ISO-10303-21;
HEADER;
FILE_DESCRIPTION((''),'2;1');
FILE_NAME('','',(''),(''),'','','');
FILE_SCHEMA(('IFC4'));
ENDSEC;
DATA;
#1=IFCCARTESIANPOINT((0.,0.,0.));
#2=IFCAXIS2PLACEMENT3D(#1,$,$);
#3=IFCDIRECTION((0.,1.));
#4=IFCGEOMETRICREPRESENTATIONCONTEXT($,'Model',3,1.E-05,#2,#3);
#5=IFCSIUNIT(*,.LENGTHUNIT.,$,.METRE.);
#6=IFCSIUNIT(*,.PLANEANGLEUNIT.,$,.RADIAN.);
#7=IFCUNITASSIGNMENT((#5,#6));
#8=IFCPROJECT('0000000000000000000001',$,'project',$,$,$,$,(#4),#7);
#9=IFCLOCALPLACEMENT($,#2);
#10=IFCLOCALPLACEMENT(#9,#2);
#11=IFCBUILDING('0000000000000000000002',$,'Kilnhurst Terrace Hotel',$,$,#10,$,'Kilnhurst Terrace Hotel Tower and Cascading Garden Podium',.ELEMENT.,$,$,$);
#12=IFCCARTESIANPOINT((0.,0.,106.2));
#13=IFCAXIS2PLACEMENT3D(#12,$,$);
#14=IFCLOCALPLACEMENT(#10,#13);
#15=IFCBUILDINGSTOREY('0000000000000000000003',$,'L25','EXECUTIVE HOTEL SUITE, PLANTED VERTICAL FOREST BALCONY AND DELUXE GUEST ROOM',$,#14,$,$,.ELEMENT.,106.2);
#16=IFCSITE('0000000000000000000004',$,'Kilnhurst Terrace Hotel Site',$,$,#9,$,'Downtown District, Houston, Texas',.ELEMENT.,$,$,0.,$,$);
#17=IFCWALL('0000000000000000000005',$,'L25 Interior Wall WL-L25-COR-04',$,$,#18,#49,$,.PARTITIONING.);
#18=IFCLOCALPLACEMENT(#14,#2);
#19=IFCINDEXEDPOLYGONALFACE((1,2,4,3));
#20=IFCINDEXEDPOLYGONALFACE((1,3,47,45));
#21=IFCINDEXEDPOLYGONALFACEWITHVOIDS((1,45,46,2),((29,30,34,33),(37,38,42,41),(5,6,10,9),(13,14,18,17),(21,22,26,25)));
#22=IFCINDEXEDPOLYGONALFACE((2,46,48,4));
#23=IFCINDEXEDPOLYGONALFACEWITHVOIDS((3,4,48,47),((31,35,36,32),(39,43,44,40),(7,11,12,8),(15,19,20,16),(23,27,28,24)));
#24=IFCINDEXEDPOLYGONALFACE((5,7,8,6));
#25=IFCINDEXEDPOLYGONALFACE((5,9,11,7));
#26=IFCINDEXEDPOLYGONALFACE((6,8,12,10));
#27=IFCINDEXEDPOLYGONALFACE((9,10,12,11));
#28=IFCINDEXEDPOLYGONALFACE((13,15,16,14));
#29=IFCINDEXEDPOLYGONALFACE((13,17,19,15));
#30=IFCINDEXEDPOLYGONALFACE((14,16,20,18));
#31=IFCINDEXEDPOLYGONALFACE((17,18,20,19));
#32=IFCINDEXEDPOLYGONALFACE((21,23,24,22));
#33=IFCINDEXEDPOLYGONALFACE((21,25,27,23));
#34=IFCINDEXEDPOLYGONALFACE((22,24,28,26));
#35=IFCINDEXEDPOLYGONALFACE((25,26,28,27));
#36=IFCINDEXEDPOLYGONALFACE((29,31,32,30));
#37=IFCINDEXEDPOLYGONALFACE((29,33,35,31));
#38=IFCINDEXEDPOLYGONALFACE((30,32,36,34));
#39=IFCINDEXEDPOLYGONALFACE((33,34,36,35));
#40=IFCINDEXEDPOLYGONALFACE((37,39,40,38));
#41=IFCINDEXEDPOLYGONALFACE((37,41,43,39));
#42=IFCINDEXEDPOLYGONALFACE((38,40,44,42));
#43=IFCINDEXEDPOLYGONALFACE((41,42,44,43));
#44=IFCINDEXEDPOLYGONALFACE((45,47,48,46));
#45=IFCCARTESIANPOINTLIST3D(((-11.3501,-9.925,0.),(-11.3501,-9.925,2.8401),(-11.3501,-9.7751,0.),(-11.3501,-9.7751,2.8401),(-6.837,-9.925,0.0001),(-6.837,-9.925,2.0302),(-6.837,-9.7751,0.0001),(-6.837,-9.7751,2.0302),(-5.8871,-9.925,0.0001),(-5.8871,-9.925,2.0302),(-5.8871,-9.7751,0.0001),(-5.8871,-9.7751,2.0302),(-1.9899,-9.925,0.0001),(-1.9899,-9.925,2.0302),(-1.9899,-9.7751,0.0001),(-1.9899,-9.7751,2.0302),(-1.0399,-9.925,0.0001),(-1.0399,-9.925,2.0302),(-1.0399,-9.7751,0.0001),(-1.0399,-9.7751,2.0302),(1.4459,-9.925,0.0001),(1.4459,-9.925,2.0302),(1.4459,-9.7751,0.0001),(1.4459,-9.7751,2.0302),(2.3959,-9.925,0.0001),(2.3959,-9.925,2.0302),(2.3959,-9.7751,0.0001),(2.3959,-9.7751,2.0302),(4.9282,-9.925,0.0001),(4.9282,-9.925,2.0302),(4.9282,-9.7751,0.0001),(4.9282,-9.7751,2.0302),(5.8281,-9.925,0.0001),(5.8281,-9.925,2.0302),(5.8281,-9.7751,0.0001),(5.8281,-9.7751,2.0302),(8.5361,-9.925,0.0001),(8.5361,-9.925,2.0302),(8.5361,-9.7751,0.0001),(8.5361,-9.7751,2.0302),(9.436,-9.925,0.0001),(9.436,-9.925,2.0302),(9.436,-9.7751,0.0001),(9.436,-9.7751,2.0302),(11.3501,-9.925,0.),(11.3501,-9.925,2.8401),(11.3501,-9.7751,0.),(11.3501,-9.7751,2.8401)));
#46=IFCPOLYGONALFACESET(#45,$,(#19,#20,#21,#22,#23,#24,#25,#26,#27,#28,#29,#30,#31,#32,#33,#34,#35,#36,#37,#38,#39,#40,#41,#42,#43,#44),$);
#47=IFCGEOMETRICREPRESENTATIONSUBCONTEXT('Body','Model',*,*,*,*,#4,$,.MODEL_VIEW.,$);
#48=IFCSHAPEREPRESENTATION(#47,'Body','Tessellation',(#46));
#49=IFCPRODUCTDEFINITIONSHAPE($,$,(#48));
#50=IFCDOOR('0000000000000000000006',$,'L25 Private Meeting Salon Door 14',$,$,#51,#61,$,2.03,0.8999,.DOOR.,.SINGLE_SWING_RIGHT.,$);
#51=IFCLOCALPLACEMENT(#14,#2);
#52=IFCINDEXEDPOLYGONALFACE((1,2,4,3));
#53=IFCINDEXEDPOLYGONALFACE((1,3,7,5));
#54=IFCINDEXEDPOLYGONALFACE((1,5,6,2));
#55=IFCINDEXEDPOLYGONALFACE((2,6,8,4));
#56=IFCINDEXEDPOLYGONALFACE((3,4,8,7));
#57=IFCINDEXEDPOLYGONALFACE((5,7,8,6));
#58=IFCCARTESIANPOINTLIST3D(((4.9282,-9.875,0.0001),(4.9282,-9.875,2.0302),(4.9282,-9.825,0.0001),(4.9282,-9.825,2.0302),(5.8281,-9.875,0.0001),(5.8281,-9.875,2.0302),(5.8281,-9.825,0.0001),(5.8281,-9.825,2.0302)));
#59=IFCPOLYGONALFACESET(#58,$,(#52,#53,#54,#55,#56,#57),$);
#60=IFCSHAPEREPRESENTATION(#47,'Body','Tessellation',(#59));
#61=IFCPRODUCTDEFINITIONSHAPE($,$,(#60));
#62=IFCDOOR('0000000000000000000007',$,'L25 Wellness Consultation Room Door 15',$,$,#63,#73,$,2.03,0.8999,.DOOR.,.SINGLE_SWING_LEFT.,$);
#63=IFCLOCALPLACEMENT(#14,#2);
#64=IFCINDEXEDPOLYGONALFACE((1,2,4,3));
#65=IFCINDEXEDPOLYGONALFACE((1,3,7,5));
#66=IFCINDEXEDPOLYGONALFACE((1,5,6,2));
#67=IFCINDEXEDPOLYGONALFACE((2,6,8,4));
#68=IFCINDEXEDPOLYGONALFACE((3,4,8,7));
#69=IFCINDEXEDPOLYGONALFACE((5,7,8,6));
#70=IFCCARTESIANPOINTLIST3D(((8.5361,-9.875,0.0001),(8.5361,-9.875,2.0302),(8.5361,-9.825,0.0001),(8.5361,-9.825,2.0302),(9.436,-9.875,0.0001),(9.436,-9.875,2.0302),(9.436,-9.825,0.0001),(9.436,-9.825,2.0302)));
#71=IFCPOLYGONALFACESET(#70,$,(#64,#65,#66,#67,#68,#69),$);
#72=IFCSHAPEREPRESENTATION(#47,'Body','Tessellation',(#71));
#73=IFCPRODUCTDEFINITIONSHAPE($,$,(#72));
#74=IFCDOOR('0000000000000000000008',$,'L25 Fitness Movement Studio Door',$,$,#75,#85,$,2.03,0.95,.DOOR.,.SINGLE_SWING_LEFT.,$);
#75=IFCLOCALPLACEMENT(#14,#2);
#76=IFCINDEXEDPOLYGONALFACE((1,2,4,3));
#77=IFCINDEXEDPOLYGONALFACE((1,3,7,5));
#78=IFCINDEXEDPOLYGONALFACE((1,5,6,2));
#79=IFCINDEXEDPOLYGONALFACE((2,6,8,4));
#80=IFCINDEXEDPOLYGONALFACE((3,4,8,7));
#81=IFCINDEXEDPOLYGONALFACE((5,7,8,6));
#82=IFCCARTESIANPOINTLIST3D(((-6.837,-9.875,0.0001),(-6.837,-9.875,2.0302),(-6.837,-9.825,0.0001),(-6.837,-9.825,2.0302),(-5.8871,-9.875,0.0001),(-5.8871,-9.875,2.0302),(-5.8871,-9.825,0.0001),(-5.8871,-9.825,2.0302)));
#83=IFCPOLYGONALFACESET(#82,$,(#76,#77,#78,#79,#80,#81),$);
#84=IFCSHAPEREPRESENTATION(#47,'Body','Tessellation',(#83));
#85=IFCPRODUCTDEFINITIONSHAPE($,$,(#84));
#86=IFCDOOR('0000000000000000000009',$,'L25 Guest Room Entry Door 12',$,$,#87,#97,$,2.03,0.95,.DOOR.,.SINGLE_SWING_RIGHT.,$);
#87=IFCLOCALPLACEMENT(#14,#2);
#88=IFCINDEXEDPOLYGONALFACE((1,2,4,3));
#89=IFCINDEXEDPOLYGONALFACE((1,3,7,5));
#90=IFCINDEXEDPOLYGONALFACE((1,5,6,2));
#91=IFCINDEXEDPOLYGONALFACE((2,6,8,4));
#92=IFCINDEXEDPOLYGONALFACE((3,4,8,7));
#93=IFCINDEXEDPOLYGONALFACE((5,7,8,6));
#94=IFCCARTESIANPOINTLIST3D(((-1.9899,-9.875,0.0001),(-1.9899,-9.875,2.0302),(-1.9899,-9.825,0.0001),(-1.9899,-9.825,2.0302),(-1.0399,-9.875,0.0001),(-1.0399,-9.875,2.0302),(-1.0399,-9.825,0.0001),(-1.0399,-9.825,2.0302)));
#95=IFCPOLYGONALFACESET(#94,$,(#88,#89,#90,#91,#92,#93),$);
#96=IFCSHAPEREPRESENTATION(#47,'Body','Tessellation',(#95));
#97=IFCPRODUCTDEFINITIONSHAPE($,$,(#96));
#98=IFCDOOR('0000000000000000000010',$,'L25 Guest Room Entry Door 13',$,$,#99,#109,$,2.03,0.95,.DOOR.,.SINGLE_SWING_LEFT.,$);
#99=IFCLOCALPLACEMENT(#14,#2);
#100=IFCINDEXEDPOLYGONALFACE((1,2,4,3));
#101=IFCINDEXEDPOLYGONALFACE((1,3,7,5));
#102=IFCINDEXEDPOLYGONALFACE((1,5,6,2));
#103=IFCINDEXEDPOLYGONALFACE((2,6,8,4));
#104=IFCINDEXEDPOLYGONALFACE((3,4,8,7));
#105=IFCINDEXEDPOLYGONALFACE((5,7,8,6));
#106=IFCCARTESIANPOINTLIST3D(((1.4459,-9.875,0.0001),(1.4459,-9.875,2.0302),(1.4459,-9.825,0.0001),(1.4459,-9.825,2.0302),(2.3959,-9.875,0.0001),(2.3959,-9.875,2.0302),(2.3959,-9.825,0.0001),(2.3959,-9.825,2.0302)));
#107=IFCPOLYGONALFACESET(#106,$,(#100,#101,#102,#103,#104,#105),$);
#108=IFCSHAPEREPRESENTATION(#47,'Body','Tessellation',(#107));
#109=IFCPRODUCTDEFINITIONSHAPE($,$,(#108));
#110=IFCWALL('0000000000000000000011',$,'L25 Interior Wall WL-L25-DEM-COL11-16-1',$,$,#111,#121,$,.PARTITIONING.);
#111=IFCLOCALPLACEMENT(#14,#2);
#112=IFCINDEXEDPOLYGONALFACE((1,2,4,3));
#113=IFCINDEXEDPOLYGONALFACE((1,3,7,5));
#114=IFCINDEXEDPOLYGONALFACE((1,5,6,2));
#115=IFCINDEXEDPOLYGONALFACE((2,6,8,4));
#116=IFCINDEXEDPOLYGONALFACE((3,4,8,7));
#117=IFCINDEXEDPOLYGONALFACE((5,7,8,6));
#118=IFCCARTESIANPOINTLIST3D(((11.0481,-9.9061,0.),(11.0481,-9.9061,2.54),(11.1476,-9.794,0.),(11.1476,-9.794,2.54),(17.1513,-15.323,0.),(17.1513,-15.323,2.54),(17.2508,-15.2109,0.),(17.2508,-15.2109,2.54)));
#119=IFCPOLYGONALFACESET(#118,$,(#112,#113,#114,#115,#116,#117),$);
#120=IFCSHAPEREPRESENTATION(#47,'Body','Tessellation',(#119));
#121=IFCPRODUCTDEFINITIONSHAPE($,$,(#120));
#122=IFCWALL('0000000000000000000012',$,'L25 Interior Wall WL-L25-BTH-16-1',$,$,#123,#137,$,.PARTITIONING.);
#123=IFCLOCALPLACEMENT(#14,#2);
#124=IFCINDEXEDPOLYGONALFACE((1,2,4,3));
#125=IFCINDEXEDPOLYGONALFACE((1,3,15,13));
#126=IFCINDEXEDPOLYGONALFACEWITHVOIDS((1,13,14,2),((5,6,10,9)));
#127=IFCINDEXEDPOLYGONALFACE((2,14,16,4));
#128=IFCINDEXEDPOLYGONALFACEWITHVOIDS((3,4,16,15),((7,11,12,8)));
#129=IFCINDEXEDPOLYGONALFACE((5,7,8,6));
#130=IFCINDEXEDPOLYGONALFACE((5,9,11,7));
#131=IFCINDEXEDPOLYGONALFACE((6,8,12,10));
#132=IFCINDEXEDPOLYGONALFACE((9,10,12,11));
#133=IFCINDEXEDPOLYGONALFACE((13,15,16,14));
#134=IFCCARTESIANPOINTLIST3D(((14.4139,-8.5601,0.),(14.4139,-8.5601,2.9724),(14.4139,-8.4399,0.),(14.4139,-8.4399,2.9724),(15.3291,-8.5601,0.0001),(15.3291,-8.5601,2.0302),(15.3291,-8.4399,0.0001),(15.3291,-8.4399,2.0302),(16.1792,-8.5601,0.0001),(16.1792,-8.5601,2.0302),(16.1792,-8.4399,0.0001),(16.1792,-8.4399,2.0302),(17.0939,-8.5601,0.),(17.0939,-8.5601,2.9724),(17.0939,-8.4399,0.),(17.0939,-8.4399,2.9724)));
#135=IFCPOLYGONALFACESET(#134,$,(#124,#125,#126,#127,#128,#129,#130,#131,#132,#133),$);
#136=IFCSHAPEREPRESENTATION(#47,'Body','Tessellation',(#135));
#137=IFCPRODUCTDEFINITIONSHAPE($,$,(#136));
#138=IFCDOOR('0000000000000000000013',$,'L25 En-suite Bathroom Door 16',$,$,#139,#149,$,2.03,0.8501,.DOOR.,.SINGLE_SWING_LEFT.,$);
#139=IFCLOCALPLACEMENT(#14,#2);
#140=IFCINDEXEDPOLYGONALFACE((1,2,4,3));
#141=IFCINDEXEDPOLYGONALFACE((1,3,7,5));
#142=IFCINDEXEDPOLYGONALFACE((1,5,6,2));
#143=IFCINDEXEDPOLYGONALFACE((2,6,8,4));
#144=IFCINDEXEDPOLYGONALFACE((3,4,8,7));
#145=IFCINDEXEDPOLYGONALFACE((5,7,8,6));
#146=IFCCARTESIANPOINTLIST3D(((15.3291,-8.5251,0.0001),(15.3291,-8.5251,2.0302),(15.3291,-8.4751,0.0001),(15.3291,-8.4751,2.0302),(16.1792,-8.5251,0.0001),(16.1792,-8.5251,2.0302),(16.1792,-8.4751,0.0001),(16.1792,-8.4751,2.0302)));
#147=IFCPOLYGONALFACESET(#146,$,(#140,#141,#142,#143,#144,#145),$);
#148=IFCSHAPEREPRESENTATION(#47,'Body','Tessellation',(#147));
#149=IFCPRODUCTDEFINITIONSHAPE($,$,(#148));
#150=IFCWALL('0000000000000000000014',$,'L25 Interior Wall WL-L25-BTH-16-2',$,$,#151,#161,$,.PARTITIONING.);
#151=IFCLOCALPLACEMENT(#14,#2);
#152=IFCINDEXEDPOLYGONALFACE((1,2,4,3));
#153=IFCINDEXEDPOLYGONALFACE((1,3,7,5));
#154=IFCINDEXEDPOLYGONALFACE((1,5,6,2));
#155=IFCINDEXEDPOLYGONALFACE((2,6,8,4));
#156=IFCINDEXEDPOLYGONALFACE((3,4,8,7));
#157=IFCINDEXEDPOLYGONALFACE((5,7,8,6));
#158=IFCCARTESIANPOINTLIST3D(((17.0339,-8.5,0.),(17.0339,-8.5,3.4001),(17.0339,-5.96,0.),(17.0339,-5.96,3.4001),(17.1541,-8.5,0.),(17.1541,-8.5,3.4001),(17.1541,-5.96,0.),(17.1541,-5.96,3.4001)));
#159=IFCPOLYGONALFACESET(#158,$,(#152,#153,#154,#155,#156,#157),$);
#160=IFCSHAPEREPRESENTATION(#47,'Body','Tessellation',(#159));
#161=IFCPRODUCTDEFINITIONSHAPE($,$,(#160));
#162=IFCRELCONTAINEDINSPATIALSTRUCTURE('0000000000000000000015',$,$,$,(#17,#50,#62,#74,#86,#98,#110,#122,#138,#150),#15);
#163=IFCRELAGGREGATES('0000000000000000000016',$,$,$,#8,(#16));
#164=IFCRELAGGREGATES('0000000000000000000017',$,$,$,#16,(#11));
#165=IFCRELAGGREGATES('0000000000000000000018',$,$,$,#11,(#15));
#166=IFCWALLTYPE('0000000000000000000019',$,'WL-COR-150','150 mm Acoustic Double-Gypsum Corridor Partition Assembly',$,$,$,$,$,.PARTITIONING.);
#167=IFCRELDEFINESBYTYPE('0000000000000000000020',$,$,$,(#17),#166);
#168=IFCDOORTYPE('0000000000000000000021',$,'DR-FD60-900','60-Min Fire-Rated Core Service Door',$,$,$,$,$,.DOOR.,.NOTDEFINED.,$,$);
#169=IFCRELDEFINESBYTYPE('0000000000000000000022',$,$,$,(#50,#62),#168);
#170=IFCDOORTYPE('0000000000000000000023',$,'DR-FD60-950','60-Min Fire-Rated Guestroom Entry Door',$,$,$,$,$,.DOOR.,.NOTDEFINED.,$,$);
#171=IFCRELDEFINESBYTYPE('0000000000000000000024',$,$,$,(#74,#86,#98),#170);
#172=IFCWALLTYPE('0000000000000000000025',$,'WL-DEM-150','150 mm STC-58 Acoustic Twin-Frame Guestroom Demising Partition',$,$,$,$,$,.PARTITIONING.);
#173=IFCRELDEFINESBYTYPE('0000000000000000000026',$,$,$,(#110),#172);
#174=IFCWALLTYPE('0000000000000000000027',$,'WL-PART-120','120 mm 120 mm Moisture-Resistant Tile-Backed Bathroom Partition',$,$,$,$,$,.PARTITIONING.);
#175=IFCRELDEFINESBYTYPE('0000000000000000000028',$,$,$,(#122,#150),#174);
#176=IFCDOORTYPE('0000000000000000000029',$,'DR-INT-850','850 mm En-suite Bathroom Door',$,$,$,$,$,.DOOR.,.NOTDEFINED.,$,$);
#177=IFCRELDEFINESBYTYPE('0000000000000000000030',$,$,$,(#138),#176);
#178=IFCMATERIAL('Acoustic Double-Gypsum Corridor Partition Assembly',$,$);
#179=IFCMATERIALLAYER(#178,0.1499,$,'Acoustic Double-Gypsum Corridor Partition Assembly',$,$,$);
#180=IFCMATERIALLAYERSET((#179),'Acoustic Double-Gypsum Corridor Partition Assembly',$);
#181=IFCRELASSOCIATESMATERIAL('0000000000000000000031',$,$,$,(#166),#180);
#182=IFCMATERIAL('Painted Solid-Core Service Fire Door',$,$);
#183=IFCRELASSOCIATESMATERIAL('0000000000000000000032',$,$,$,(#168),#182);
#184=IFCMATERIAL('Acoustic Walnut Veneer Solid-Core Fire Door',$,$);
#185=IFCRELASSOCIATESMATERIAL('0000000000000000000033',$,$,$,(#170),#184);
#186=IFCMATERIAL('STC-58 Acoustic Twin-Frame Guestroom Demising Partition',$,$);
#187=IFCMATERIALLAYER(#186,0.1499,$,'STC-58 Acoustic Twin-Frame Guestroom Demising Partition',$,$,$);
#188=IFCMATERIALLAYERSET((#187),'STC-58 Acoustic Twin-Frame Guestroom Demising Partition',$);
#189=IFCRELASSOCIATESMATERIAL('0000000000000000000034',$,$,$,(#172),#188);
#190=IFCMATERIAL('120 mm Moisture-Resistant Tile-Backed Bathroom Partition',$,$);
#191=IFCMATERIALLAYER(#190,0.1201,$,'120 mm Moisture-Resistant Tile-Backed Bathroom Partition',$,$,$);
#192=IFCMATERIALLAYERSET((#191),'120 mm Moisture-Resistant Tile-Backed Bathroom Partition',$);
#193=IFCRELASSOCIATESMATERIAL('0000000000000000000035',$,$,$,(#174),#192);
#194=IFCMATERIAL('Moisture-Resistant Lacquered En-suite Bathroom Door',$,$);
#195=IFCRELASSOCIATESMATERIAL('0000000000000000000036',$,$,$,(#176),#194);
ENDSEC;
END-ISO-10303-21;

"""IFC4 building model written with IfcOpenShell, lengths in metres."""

from ifc_helpers import new_model, si_unit, direction, frame, frame_2d, origin, place, context, subcontext, project, spatial, rectangle, extrude, material, layer, layer_set, type_object, element, fill, save


model = new_model("IFC4")

# Units and contexts
model_context = context("Model", 3, precision=1e-05, world=origin(), true_north=direction((0.0, 1.0)))
body_context = subcontext(model_context, "Body", "Model", "MODEL_VIEW")
ifc_project = project(units=[si_unit("LENGTHUNIT", "METRE"), si_unit("PLANEANGLEUNIT", "RADIAN")], contexts=[model_context])

# Site, building, storey
site_placement = place(None, origin())
site = spatial("IfcSite", under=ifc_project, at=site_placement, Name="Kilnhurst Terrace Hotel Site", LongName="Downtown District, Houston, Texas", CompositionType="ELEMENT", RefElevation=0.0)
building_placement = place(site_placement, origin())
building = spatial("IfcBuilding", under=site, at=building_placement, Name="Kilnhurst Terrace Hotel", LongName="Kilnhurst Terrace Hotel Tower and Cascading Garden Podium", CompositionType="ELEMENT")
storey_placement = place(building_placement, frame((0.0, 0.0, 106.2)))
storey = spatial("IfcBuildingStorey", under=building, at=storey_placement, Name="L25", Description="EXECUTIVE HOTEL SUITE, PLANTED VERTICAL FOREST BALCONY AND DELUXE GUEST ROOM", CompositionType="ELEMENT", Elevation=106.2)

# Wall, openings, doors
ifc_material_1 = material(Name="Acoustic Double-Gypsum Corridor Partition Assembly")
ifc_layer_1 = layer(ifc_material_1, 0.1499, Name="Acoustic Double-Gypsum Corridor Partition Assembly")
ifc_layer_set_1 = layer_set([ifc_layer_1], Name="Acoustic Double-Gypsum Corridor Partition Assembly")
wall_type_1 = type_object("IfcWallType", Name="WL-COR-150", Description="150 mm Acoustic Double-Gypsum Corridor Partition Assembly", PredefinedType="PARTITIONING", material=ifc_layer_set_1)
wall_1_placement = place(storey_placement, frame((11.3501, -9.8501, 0.0), z_axis=(0.0, 0.0, 1.0), x_axis=(-1.0, 0.0, 0.0)))
wall_1 = element("IfcWall", 1, at=wall_1_placement, inside=storey, type_object=wall_type_1, Name="L25 Interior Wall WL-L25-COR-04", PredefinedType="PARTITIONING", context=body_context, shape_type="SweptSolid", body=[
    extrude(rectangle(XDim=22.7002, YDim=0.1499, at=frame_2d((11.3501, 0.0))), origin(), (0.0, 0.0, 1.0), 2.8401),
])
opening_1_placement = place(wall_1_placement, frame((17.2371, 0.0, 0.0)))
opening_1 = element("IfcOpeningElement", 2, at=opening_1_placement, cuts=wall_1, PredefinedType="OPENING", context=body_context, shape_type="SweptSolid", body=[
    extrude(rectangle(XDim=0.95, YDim=2.03, at=frame_2d((0.4751, 1.0151))), frame((0.0, 0.085, 0.0), z_axis=(0.0, -1.0, 0.0), x_axis=(1.0, 0.0, 0.0)), (0.0, 0.0, 1.0), 0.1699),
])
opening_2_placement = place(wall_1_placement, frame((12.3899, 0.0, 0.0)))
opening_2 = element("IfcOpeningElement", 3, at=opening_2_placement, cuts=wall_1, PredefinedType="OPENING", context=body_context, shape_type="SweptSolid", body=[
    extrude(rectangle(XDim=0.95, YDim=2.03, at=frame_2d((0.4751, 1.0151))), frame((0.0, 0.085, 0.0), z_axis=(0.0, -1.0, 0.0), x_axis=(1.0, 0.0, 0.0)), (0.0, 0.0, 1.0), 0.1699),
])
opening_3_placement = place(wall_1_placement, frame((8.9541, 0.0, 0.0)))
opening_3 = element("IfcOpeningElement", 4, at=opening_3_placement, cuts=wall_1, PredefinedType="OPENING", context=body_context, shape_type="SweptSolid", body=[
    extrude(rectangle(XDim=0.95, YDim=2.03, at=frame_2d((0.4751, 1.0151))), frame((0.0, 0.085, 0.0), z_axis=(0.0, -1.0, 0.0), x_axis=(1.0, 0.0, 0.0)), (0.0, 0.0, 1.0), 0.1699),
])
opening_4_placement = place(wall_1_placement, frame((5.522, 0.0, 0.0)))
opening_4 = element("IfcOpeningElement", 5, at=opening_4_placement, cuts=wall_1, PredefinedType="OPENING", context=body_context, shape_type="SweptSolid", body=[
    extrude(rectangle(XDim=0.8999, YDim=2.03, at=frame_2d((0.45, 1.0151))), frame((0.0, 0.085, 0.0), z_axis=(0.0, -1.0, 0.0), x_axis=(1.0, 0.0, 0.0)), (0.0, 0.0, 1.0), 0.1699),
])
opening_5_placement = place(wall_1_placement, frame((1.9141, 0.0, 0.0)))
opening_5 = element("IfcOpeningElement", 6, at=opening_5_placement, cuts=wall_1, PredefinedType="OPENING", context=body_context, shape_type="SweptSolid", body=[
    extrude(rectangle(XDim=0.8999, YDim=2.03, at=frame_2d((0.45, 1.0151))), frame((0.0, 0.085, 0.0), z_axis=(0.0, -1.0, 0.0), x_axis=(1.0, 0.0, 0.0)), (0.0, 0.0, 1.0), 0.1699),
])
ifc_material_2 = material(Name="Painted Solid-Core Service Fire Door")
door_type_1 = type_object("IfcDoorType", Name="DR-FD60-900", Description="60-Min Fire-Rated Core Service Door", OperationType="NOTDEFINED", PredefinedType="DOOR", material=ifc_material_2)
door_1_placement = place(opening_4_placement, origin())
door_1 = element("IfcDoor", 7, at=door_1_placement, inside=storey, type_object=door_type_1, Name="L25 Private Meeting Salon Door 14", OperationType="SINGLE_SWING_RIGHT", OverallHeight=2.03, OverallWidth=0.8999, PredefinedType="DOOR", context=body_context, shape_type="SweptSolid", body=[
    extrude(rectangle(XDim=0.8999, YDim=2.03, at=frame_2d((0.45, 1.0151))), frame((0.0, 0.0249, 0.0), z_axis=(0.0, -1.0, 0.0), x_axis=(1.0, 0.0, 0.0)), (0.0, 0.0, 1.0), 0.05),
])
fill(opening_4, door_1)
door_2_placement = place(opening_5_placement, origin())
door_2 = element("IfcDoor", 8, at=door_2_placement, inside=storey, type_object=door_type_1, Name="L25 Wellness Consultation Room Door 15", OperationType="SINGLE_SWING_LEFT", OverallHeight=2.03, OverallWidth=0.8999, PredefinedType="DOOR", context=body_context, shape_type="SweptSolid", body=[
    extrude(rectangle(XDim=0.8999, YDim=2.03, at=frame_2d((0.45, 1.0151))), frame((0.0, 0.0249, 0.0), z_axis=(0.0, -1.0, 0.0), x_axis=(1.0, 0.0, 0.0)), (0.0, 0.0, 1.0), 0.05),
])
fill(opening_5, door_2)
ifc_material_3 = material(Name="Acoustic Walnut Veneer Solid-Core Fire Door")
door_type_2 = type_object("IfcDoorType", Name="DR-FD60-950", Description="60-Min Fire-Rated Guestroom Entry Door", OperationType="NOTDEFINED", PredefinedType="DOOR", material=ifc_material_3)
door_3_placement = place(opening_1_placement, origin())
door_3 = element("IfcDoor", 9, at=door_3_placement, inside=storey, type_object=door_type_2, Name="L25 Fitness Movement Studio Door", OperationType="SINGLE_SWING_LEFT", OverallHeight=2.03, OverallWidth=0.95, PredefinedType="DOOR", context=body_context, shape_type="SweptSolid", body=[
    extrude(rectangle(XDim=0.95, YDim=2.03, at=frame_2d((0.4751, 1.0151))), frame((0.0, 0.0249, 0.0), z_axis=(0.0, -1.0, 0.0), x_axis=(1.0, 0.0, 0.0)), (0.0, 0.0, 1.0), 0.05),
])
fill(opening_1, door_3)
door_4_placement = place(opening_2_placement, origin())
door_4 = element("IfcDoor", 10, at=door_4_placement, inside=storey, type_object=door_type_2, Name="L25 Guest Room Entry Door 12", OperationType="SINGLE_SWING_RIGHT", OverallHeight=2.03, OverallWidth=0.95, PredefinedType="DOOR", context=body_context, shape_type="SweptSolid", body=[
    extrude(rectangle(XDim=0.95, YDim=2.03, at=frame_2d((0.4751, 1.0151))), frame((0.0, 0.0249, 0.0), z_axis=(0.0, -1.0, 0.0), x_axis=(1.0, 0.0, 0.0)), (0.0, 0.0, 1.0), 0.05),
])
fill(opening_2, door_4)
door_5_placement = place(opening_3_placement, origin())
door_5 = element("IfcDoor", 11, at=door_5_placement, inside=storey, type_object=door_type_2, Name="L25 Guest Room Entry Door 13", OperationType="SINGLE_SWING_LEFT", OverallHeight=2.03, OverallWidth=0.95, PredefinedType="DOOR", context=body_context, shape_type="SweptSolid", body=[
    extrude(rectangle(XDim=0.95, YDim=2.03, at=frame_2d((0.4751, 1.0151))), frame((0.0, 0.0249, 0.0), z_axis=(0.0, -1.0, 0.0), x_axis=(1.0, 0.0, 0.0)), (0.0, 0.0, 1.0), 0.05),
])
fill(opening_3, door_5)

# Wall
ifc_material_4 = material(Name="STC-58 Acoustic Twin-Frame Guestroom Demising Partition")
ifc_layer_2 = layer(ifc_material_4, 0.1499, Name="STC-58 Acoustic Twin-Frame Guestroom Demising Partition")
ifc_layer_set_2 = layer_set([ifc_layer_2], Name="STC-58 Acoustic Twin-Frame Guestroom Demising Partition")
wall_type_2 = type_object("IfcWallType", Name="WL-DEM-150", Description="150 mm STC-58 Acoustic Twin-Frame Guestroom Demising Partition", PredefinedType="PARTITIONING", material=ifc_layer_set_2)
wall_2_placement = place(storey_placement, frame((11.0979, -9.8501, 0.0), z_axis=(0.0, 0.0, 1.0), x_axis=(0.747904, -0.663807, 0.0)))
element("IfcWall", 12, at=wall_2_placement, inside=storey, type_object=wall_type_2, Name="L25 Interior Wall WL-L25-DEM-COL11-16-1", PredefinedType="PARTITIONING", context=body_context, shape_type="SweptSolid", body=[
    extrude(rectangle(XDim=8.1604, YDim=0.1499, at=frame_2d((4.0801, 0.0))), origin(), (0.0, 0.0, 1.0), 2.54),
])

# Wall, opening, door
ifc_material_5 = material(Name="120 mm Moisture-Resistant Tile-Backed Bathroom Partition")
ifc_layer_3 = layer(ifc_material_5, 0.1201, Name="120 mm Moisture-Resistant Tile-Backed Bathroom Partition")
ifc_layer_set_3 = layer_set([ifc_layer_3], Name="120 mm Moisture-Resistant Tile-Backed Bathroom Partition")
wall_type_3 = type_object("IfcWallType", Name="WL-PART-120", Description="120 mm 120 mm Moisture-Resistant Tile-Backed Bathroom Partition", PredefinedType="PARTITIONING", material=ifc_layer_set_3)
wall_3_placement = place(storey_placement, frame((14.4141, -8.5, 0.0), z_axis=(0.0, 0.0, 1.0), x_axis=(1.0, 0.0, 0.0)))
wall_3 = element("IfcWall", 13, at=wall_3_placement, inside=storey, type_object=wall_type_3, Name="L25 Interior Wall WL-L25-BTH-16-1", PredefinedType="PARTITIONING", context=body_context, shape_type="SweptSolid", body=[
    extrude(rectangle(XDim=2.6799, YDim=0.1201, at=frame_2d((1.3398, 0.0))), origin(), (0.0, 0.0, 1.0), 2.9724),
])
opening_6_placement = place(wall_3_placement, frame((0.915, 0.0, 0.0)))
opening_6 = element("IfcOpeningElement", 14, at=opening_6_placement, cuts=wall_3, PredefinedType="OPENING", context=body_context, shape_type="SweptSolid", body=[
    extrude(rectangle(XDim=0.8501, YDim=2.03, at=frame_2d((0.425, 1.0151))), frame((0.0, 0.0701, 0.0), z_axis=(0.0, -1.0, 0.0), x_axis=(1.0, 0.0, 0.0)), (0.0, 0.0, 1.0), 0.1401),
])
ifc_material_6 = material(Name="Moisture-Resistant Lacquered En-suite Bathroom Door")
door_type_3 = type_object("IfcDoorType", Name="DR-INT-850", Description="850 mm En-suite Bathroom Door", OperationType="NOTDEFINED", PredefinedType="DOOR", material=ifc_material_6)
door_6_placement = place(opening_6_placement, origin())
door_6 = element("IfcDoor", 15, at=door_6_placement, inside=storey, type_object=door_type_3, Name="L25 En-suite Bathroom Door 16", OperationType="SINGLE_SWING_LEFT", OverallHeight=2.03, OverallWidth=0.8501, PredefinedType="DOOR", context=body_context, shape_type="SweptSolid", body=[
    extrude(rectangle(XDim=0.8501, YDim=2.03, at=frame_2d((0.425, 1.0151))), frame((0.0, 0.0249, 0.0), z_axis=(0.0, -1.0, 0.0), x_axis=(1.0, 0.0, 0.0)), (0.0, 0.0, 1.0), 0.05),
])
fill(opening_6, door_6)

# Wall
wall_4_placement = place(storey_placement, frame((17.094, -8.5, 0.0), z_axis=(0.0, 0.0, 1.0), x_axis=(0.0, 1.0, 0.0)))
element("IfcWall", 16, at=wall_4_placement, inside=storey, type_object=wall_type_3, Name="L25 Interior Wall WL-L25-BTH-16-2", PredefinedType="PARTITIONING", context=body_context, shape_type="SweptSolid", body=[
    extrude(rectangle(XDim=2.54, YDim=0.1201, at=frame_2d((1.27, 0.0))), origin(), (0.0, 0.0, 1.0), 3.4001),
])

save(model, "model.ifc")
